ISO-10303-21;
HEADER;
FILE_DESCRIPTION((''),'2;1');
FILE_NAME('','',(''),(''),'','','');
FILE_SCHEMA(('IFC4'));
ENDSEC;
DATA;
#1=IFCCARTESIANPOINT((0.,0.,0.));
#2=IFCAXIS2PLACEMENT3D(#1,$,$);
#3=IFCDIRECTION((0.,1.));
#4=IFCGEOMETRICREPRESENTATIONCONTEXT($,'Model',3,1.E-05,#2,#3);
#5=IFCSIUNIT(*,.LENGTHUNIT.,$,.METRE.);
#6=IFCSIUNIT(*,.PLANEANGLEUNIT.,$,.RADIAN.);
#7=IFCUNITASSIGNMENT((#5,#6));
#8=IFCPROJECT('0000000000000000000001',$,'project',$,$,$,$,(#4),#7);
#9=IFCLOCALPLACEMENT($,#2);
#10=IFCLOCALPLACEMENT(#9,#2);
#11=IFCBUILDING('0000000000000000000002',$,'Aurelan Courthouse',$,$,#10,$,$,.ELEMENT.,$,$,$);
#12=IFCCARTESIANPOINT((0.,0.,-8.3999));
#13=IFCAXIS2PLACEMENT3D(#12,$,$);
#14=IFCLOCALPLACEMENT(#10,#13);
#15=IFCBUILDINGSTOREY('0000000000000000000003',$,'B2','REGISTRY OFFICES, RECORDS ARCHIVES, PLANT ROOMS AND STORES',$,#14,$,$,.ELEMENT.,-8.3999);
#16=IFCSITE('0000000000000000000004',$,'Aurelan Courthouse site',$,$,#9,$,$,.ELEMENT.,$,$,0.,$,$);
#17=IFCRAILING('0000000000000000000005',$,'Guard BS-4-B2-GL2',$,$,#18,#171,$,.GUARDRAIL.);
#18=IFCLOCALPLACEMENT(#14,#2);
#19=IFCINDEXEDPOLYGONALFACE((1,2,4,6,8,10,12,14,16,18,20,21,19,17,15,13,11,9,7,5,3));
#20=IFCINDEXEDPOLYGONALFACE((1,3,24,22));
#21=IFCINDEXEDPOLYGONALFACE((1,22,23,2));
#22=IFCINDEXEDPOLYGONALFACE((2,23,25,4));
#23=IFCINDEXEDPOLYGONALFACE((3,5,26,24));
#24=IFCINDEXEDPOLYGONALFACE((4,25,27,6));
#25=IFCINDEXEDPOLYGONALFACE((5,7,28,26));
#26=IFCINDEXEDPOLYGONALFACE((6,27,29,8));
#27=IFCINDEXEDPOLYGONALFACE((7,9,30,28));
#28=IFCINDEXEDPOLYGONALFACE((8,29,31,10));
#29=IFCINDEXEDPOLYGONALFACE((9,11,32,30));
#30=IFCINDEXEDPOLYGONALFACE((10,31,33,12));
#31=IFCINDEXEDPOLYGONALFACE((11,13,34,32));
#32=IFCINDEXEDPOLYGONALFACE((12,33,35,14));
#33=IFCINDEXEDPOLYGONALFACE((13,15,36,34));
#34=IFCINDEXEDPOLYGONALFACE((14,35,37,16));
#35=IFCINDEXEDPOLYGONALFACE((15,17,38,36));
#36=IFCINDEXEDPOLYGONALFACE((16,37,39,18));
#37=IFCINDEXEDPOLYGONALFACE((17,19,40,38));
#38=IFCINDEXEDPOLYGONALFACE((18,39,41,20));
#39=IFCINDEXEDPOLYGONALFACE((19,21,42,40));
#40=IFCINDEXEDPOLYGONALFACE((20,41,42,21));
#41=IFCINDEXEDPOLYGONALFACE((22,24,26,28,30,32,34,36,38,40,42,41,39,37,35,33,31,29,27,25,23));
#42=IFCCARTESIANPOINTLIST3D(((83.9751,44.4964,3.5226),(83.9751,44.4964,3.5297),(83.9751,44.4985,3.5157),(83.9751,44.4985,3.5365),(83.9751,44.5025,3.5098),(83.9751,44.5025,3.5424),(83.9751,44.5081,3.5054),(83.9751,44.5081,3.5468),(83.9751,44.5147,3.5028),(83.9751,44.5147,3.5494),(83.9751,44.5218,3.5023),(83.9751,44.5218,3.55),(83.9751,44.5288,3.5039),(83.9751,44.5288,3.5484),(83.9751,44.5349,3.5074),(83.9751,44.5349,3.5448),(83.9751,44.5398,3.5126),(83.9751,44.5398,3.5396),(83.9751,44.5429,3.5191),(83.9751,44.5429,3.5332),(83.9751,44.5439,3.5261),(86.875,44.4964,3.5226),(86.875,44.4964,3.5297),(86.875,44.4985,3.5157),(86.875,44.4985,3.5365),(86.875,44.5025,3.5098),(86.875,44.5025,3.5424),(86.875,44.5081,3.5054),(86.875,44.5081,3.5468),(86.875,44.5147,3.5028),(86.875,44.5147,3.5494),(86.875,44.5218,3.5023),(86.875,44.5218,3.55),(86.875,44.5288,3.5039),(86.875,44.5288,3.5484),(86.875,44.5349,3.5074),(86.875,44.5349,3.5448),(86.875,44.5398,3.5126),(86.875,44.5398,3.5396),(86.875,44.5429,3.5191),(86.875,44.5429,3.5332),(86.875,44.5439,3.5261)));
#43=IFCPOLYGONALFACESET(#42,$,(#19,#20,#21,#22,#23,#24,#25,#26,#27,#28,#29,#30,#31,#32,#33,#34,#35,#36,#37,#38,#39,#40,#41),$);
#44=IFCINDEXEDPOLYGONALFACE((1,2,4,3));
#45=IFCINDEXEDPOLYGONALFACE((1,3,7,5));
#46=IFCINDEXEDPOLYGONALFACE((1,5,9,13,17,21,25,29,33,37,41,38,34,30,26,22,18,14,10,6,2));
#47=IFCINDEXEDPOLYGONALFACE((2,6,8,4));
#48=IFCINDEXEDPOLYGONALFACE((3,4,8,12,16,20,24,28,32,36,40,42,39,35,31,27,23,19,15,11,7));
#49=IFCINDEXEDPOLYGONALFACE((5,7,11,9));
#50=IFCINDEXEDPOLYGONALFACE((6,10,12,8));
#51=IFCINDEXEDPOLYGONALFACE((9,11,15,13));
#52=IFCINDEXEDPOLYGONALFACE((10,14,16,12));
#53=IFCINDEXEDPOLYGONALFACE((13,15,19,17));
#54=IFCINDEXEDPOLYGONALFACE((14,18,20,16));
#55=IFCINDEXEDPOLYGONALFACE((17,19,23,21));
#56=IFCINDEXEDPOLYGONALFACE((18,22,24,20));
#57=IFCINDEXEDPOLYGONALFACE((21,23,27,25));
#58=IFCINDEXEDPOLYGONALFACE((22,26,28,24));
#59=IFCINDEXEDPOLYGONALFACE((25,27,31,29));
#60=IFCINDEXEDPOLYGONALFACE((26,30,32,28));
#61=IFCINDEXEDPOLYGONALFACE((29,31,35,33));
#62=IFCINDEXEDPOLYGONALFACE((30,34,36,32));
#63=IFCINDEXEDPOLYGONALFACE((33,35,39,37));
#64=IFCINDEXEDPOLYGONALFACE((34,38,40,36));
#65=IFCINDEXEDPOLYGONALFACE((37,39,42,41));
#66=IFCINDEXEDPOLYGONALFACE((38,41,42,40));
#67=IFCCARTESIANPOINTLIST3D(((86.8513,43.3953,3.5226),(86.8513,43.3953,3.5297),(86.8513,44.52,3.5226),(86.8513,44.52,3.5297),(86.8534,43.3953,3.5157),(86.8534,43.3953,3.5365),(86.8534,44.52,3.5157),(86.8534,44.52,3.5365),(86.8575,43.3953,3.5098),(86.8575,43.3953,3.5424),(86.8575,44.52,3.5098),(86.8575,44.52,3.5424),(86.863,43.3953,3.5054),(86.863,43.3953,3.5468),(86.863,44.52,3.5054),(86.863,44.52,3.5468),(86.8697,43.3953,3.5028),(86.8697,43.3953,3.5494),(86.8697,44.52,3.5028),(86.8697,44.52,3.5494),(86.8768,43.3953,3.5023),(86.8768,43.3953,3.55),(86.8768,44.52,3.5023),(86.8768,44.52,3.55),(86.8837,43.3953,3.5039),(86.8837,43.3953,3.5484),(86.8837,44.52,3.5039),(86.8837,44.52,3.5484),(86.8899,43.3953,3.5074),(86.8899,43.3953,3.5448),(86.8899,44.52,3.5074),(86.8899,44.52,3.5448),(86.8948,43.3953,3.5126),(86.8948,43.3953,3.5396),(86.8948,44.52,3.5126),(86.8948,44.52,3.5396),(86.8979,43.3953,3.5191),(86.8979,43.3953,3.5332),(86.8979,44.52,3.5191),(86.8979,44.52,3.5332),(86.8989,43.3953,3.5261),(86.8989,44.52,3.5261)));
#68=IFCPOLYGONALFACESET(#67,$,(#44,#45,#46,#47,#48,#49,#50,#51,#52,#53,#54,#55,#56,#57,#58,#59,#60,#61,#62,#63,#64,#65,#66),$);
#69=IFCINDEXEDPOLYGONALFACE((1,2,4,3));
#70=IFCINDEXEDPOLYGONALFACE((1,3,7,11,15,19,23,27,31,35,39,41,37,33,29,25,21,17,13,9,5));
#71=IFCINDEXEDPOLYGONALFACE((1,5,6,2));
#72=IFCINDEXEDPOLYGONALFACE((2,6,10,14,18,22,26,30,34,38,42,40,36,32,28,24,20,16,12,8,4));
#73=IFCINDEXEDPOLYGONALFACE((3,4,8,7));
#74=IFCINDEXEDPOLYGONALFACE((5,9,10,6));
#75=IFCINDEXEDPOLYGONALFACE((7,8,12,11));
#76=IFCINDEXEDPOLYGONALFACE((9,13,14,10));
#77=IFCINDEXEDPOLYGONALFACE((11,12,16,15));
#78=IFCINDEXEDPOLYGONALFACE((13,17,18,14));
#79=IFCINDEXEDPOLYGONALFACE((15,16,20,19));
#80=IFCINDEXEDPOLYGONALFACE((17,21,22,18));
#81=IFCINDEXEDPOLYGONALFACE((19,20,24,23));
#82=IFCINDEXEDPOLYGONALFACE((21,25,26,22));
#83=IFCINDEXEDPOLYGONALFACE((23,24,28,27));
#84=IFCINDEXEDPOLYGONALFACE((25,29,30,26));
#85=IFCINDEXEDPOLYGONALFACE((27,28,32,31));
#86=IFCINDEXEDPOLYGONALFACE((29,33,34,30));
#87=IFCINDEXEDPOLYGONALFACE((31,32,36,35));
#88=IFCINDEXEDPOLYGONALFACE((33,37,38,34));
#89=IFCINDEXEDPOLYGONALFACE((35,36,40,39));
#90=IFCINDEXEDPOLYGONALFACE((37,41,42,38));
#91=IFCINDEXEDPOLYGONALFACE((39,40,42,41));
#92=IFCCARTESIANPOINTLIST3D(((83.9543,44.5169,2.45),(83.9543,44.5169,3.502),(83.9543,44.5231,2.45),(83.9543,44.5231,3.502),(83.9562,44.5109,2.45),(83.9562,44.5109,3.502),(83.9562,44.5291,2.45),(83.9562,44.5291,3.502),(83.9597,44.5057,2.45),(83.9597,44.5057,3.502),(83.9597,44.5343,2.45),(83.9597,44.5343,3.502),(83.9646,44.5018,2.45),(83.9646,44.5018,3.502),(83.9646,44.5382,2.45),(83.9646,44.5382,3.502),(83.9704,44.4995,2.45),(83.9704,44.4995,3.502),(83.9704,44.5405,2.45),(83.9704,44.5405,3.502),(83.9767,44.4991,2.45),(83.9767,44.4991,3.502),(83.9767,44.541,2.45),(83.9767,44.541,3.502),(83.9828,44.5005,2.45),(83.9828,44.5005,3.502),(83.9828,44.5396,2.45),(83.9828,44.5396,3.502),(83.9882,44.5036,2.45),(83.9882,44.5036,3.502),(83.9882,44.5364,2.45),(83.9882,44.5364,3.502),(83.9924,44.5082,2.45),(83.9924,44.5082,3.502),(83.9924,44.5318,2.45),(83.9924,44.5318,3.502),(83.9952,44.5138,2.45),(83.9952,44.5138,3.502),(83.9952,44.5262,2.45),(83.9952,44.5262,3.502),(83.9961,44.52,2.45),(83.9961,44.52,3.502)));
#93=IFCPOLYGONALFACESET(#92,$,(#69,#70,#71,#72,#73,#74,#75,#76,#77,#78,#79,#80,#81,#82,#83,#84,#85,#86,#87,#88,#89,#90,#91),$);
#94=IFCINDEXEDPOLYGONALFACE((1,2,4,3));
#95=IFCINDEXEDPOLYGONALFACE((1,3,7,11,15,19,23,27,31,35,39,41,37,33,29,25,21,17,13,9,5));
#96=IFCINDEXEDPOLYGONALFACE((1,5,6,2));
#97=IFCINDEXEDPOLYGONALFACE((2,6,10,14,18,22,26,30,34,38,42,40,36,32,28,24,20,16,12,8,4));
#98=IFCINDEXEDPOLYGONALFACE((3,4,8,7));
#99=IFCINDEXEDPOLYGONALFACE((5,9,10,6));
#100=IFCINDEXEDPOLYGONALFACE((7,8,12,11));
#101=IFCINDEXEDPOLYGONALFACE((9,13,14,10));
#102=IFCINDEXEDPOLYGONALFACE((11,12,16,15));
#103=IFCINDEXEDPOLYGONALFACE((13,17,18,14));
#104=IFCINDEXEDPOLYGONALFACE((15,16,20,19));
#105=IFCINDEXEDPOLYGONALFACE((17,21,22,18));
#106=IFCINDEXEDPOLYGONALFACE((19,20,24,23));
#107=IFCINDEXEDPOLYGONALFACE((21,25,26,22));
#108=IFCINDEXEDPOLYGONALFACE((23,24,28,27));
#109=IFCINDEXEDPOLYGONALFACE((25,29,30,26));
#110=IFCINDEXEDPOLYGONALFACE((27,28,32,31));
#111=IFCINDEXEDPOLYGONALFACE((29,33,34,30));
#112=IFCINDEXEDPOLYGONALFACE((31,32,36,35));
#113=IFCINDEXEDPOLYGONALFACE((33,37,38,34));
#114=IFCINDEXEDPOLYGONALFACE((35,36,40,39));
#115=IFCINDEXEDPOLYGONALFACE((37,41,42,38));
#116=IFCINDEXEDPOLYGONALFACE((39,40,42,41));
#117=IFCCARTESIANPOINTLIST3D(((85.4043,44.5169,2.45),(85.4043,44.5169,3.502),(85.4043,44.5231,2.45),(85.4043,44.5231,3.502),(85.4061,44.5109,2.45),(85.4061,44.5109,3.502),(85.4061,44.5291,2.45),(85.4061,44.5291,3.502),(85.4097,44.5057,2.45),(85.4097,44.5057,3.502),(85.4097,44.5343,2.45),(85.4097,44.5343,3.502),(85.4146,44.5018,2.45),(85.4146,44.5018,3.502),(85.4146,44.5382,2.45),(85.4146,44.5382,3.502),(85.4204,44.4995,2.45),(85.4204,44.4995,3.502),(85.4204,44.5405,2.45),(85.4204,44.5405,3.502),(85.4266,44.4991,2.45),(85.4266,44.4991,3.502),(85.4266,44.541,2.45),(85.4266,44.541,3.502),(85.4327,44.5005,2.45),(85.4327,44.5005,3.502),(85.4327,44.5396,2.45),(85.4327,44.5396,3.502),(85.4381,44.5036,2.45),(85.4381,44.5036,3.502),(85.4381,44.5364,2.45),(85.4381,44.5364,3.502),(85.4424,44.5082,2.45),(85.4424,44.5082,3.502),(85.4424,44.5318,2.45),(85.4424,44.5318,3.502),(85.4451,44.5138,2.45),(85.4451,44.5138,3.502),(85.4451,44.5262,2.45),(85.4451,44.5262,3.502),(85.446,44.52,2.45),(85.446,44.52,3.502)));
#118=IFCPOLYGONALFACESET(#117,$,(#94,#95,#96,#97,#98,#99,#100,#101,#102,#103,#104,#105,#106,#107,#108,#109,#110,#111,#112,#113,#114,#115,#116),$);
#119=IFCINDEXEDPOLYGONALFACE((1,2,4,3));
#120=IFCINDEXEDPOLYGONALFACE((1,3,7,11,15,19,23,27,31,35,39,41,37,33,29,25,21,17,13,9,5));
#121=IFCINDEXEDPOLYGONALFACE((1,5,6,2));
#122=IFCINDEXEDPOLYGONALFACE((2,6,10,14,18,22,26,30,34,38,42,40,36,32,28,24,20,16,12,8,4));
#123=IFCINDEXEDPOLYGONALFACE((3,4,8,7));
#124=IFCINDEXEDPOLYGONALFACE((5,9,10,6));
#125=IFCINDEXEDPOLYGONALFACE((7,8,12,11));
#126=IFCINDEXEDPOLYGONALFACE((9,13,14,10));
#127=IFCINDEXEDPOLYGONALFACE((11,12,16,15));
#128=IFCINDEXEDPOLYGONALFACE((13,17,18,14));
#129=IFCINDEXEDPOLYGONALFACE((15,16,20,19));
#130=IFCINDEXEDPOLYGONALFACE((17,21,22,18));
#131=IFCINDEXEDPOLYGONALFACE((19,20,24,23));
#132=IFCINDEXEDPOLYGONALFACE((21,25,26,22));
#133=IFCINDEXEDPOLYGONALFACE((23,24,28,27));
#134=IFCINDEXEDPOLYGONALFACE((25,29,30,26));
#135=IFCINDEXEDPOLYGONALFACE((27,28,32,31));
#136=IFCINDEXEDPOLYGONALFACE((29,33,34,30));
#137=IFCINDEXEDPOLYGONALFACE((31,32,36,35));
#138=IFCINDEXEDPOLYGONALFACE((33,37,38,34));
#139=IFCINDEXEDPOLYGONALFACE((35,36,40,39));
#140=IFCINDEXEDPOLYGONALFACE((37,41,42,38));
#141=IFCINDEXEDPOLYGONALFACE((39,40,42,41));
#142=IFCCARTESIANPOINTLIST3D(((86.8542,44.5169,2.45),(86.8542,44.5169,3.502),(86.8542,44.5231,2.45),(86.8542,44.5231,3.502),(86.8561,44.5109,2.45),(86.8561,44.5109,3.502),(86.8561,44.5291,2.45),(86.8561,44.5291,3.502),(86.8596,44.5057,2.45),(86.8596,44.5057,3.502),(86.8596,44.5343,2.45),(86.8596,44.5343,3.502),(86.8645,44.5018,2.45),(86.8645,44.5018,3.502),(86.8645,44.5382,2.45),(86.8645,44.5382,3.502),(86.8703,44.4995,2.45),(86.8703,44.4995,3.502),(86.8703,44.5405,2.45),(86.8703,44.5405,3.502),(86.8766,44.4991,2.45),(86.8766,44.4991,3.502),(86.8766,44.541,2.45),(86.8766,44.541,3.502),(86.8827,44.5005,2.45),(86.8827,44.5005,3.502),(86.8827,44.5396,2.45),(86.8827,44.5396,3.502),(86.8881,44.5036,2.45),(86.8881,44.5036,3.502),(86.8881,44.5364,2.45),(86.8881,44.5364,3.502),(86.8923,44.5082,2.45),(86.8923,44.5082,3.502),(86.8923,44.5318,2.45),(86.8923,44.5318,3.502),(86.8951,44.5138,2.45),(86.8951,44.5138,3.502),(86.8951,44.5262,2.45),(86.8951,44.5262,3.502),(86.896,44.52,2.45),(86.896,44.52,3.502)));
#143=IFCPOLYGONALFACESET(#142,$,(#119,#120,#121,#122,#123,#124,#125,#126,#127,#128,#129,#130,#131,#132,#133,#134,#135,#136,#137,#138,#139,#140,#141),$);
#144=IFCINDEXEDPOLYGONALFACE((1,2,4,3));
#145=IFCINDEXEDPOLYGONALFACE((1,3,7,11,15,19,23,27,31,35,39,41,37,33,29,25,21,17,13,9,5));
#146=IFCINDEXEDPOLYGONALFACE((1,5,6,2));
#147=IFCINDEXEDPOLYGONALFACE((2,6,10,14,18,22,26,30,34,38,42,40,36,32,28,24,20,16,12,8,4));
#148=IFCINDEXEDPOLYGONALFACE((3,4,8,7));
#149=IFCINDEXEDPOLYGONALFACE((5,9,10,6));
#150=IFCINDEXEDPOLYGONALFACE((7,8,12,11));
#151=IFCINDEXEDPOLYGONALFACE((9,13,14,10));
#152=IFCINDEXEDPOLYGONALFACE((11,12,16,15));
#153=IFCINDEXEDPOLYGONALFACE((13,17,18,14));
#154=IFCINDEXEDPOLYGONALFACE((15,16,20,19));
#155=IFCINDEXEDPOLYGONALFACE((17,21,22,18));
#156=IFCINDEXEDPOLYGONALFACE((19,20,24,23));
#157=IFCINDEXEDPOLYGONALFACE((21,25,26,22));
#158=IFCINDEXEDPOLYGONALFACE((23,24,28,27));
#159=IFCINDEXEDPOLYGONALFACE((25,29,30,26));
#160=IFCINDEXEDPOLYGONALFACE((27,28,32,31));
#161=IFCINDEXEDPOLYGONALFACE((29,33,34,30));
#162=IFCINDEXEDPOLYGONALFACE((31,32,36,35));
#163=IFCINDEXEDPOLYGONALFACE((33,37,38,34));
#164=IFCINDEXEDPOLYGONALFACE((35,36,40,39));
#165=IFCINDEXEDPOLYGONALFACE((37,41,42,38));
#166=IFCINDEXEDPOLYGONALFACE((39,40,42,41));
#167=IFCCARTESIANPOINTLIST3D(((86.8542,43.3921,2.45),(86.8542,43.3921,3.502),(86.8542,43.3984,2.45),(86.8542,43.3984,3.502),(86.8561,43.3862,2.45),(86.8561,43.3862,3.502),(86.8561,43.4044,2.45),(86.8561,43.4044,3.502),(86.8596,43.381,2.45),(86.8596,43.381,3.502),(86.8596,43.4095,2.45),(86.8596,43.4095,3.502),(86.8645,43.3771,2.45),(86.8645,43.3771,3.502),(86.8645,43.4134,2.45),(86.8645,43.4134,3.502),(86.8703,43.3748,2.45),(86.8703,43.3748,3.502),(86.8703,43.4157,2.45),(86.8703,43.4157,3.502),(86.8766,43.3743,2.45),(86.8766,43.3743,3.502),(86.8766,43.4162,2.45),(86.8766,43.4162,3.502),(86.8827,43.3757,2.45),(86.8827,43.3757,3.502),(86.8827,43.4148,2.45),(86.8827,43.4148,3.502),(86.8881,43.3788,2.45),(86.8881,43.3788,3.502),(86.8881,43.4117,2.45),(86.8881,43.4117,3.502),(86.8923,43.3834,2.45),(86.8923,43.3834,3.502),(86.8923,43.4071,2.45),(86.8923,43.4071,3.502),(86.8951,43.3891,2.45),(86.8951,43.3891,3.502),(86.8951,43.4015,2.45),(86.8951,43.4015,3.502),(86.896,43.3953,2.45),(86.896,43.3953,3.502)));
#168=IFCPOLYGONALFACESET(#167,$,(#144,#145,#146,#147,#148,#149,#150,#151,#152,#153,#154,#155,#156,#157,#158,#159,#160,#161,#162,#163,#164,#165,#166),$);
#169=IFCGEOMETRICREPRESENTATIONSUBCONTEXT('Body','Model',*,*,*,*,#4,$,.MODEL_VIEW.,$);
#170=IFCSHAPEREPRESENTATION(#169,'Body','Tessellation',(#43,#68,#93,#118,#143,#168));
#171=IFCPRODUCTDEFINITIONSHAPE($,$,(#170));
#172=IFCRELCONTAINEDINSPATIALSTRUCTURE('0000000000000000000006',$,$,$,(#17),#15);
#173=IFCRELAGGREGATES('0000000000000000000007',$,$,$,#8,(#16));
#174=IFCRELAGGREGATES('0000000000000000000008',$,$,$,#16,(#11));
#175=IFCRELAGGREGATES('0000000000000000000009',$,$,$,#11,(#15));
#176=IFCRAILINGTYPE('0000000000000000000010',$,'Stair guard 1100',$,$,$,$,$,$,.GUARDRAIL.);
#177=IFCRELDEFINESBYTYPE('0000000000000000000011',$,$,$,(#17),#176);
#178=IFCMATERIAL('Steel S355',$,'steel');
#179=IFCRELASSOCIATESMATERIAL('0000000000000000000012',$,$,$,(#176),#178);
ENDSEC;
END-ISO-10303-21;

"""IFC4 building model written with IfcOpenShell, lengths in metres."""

from ifc_helpers import new_model, si_unit, direction, frame, origin, origin_2d, place, context, subcontext, project, spatial, circle, extrude, material, type_object, element, save


model = new_model("IFC4")

# Units and contexts
model_context = context("Model", 3, precision=1e-05, world=origin(), true_north=direction((0.0, 1.0)))
body_context = subcontext(model_context, "Body", "Model", "MODEL_VIEW")
ifc_project = project(units=[si_unit("LENGTHUNIT", "METRE"), si_unit("PLANEANGLEUNIT", "RADIAN")], contexts=[model_context])

# Site, building, storey
site_placement = place(None, origin())
site = spatial("IfcSite", under=ifc_project, at=site_placement, Name="Aurelan Courthouse site", CompositionType="ELEMENT", RefElevation=0.0)
building_placement = place(site_placement, origin())
building = spatial("IfcBuilding", under=site, at=building_placement, Name="Aurelan Courthouse", CompositionType="ELEMENT")
storey_placement = place(building_placement, frame((0.0, 0.0, -8.3999)))
storey = spatial("IfcBuildingStorey", under=building, at=storey_placement, Name="B2", Description="REGISTRY OFFICES, RECORDS ARCHIVES, PLANT ROOMS AND STORES", CompositionType="ELEMENT", Elevation=-8.3999)

# Railing
ifc_material_1 = material(Name="Steel S355", Category="steel")
railing_type_1 = type_object("IfcRailingType", Name="Stair guard 1100", PredefinedType="GUARDRAIL", material=ifc_material_1)
railing_1_placement = place(storey_placement, frame((83.9751, 44.52, 2.45)))
element("IfcRailing", 1, at=railing_1_placement, inside=storey, type_object=railing_type_1, Name="Guard BS-4-B2-GL2", PredefinedType="GUARDRAIL", context=body_context, shape_type="SweptSolid", body=[
    extrude(circle(Radius=0.0239, at=origin_2d()), frame((0.0, 0.0, 1.0762), z_axis=(1.0, 0.0, 0.0), x_axis=(0.0, 1.0, 0.0)), (0.0, 0.0, 1.0), 2.8999),
    extrude(circle(Radius=0.0239, at=origin_2d()), frame((2.8999, 0.0, 1.0762), z_axis=(0.0, -1.0, 0.0), x_axis=(1.0, 0.0, 0.0)), (0.0, 0.0, 1.0), 1.1248),
    extrude(circle(Radius=0.021, at=origin_2d()), origin(), (0.0, 0.0, 1.0), 1.052),
    extrude(circle(Radius=0.021, at=origin_2d()), frame((1.45, 0.0, 0.0)), (0.0, 0.0, 1.0), 1.052),
    extrude(circle(Radius=0.021, at=origin_2d()), frame((2.8999, 0.0, 0.0)), (0.0, 0.0, 1.0), 1.052),
    extrude(circle(Radius=0.021, at=origin_2d()), frame((2.8999, -1.1248, 0.0)), (0.0, 0.0, 1.0), 1.052),
])

save(model, "model.ifc")
